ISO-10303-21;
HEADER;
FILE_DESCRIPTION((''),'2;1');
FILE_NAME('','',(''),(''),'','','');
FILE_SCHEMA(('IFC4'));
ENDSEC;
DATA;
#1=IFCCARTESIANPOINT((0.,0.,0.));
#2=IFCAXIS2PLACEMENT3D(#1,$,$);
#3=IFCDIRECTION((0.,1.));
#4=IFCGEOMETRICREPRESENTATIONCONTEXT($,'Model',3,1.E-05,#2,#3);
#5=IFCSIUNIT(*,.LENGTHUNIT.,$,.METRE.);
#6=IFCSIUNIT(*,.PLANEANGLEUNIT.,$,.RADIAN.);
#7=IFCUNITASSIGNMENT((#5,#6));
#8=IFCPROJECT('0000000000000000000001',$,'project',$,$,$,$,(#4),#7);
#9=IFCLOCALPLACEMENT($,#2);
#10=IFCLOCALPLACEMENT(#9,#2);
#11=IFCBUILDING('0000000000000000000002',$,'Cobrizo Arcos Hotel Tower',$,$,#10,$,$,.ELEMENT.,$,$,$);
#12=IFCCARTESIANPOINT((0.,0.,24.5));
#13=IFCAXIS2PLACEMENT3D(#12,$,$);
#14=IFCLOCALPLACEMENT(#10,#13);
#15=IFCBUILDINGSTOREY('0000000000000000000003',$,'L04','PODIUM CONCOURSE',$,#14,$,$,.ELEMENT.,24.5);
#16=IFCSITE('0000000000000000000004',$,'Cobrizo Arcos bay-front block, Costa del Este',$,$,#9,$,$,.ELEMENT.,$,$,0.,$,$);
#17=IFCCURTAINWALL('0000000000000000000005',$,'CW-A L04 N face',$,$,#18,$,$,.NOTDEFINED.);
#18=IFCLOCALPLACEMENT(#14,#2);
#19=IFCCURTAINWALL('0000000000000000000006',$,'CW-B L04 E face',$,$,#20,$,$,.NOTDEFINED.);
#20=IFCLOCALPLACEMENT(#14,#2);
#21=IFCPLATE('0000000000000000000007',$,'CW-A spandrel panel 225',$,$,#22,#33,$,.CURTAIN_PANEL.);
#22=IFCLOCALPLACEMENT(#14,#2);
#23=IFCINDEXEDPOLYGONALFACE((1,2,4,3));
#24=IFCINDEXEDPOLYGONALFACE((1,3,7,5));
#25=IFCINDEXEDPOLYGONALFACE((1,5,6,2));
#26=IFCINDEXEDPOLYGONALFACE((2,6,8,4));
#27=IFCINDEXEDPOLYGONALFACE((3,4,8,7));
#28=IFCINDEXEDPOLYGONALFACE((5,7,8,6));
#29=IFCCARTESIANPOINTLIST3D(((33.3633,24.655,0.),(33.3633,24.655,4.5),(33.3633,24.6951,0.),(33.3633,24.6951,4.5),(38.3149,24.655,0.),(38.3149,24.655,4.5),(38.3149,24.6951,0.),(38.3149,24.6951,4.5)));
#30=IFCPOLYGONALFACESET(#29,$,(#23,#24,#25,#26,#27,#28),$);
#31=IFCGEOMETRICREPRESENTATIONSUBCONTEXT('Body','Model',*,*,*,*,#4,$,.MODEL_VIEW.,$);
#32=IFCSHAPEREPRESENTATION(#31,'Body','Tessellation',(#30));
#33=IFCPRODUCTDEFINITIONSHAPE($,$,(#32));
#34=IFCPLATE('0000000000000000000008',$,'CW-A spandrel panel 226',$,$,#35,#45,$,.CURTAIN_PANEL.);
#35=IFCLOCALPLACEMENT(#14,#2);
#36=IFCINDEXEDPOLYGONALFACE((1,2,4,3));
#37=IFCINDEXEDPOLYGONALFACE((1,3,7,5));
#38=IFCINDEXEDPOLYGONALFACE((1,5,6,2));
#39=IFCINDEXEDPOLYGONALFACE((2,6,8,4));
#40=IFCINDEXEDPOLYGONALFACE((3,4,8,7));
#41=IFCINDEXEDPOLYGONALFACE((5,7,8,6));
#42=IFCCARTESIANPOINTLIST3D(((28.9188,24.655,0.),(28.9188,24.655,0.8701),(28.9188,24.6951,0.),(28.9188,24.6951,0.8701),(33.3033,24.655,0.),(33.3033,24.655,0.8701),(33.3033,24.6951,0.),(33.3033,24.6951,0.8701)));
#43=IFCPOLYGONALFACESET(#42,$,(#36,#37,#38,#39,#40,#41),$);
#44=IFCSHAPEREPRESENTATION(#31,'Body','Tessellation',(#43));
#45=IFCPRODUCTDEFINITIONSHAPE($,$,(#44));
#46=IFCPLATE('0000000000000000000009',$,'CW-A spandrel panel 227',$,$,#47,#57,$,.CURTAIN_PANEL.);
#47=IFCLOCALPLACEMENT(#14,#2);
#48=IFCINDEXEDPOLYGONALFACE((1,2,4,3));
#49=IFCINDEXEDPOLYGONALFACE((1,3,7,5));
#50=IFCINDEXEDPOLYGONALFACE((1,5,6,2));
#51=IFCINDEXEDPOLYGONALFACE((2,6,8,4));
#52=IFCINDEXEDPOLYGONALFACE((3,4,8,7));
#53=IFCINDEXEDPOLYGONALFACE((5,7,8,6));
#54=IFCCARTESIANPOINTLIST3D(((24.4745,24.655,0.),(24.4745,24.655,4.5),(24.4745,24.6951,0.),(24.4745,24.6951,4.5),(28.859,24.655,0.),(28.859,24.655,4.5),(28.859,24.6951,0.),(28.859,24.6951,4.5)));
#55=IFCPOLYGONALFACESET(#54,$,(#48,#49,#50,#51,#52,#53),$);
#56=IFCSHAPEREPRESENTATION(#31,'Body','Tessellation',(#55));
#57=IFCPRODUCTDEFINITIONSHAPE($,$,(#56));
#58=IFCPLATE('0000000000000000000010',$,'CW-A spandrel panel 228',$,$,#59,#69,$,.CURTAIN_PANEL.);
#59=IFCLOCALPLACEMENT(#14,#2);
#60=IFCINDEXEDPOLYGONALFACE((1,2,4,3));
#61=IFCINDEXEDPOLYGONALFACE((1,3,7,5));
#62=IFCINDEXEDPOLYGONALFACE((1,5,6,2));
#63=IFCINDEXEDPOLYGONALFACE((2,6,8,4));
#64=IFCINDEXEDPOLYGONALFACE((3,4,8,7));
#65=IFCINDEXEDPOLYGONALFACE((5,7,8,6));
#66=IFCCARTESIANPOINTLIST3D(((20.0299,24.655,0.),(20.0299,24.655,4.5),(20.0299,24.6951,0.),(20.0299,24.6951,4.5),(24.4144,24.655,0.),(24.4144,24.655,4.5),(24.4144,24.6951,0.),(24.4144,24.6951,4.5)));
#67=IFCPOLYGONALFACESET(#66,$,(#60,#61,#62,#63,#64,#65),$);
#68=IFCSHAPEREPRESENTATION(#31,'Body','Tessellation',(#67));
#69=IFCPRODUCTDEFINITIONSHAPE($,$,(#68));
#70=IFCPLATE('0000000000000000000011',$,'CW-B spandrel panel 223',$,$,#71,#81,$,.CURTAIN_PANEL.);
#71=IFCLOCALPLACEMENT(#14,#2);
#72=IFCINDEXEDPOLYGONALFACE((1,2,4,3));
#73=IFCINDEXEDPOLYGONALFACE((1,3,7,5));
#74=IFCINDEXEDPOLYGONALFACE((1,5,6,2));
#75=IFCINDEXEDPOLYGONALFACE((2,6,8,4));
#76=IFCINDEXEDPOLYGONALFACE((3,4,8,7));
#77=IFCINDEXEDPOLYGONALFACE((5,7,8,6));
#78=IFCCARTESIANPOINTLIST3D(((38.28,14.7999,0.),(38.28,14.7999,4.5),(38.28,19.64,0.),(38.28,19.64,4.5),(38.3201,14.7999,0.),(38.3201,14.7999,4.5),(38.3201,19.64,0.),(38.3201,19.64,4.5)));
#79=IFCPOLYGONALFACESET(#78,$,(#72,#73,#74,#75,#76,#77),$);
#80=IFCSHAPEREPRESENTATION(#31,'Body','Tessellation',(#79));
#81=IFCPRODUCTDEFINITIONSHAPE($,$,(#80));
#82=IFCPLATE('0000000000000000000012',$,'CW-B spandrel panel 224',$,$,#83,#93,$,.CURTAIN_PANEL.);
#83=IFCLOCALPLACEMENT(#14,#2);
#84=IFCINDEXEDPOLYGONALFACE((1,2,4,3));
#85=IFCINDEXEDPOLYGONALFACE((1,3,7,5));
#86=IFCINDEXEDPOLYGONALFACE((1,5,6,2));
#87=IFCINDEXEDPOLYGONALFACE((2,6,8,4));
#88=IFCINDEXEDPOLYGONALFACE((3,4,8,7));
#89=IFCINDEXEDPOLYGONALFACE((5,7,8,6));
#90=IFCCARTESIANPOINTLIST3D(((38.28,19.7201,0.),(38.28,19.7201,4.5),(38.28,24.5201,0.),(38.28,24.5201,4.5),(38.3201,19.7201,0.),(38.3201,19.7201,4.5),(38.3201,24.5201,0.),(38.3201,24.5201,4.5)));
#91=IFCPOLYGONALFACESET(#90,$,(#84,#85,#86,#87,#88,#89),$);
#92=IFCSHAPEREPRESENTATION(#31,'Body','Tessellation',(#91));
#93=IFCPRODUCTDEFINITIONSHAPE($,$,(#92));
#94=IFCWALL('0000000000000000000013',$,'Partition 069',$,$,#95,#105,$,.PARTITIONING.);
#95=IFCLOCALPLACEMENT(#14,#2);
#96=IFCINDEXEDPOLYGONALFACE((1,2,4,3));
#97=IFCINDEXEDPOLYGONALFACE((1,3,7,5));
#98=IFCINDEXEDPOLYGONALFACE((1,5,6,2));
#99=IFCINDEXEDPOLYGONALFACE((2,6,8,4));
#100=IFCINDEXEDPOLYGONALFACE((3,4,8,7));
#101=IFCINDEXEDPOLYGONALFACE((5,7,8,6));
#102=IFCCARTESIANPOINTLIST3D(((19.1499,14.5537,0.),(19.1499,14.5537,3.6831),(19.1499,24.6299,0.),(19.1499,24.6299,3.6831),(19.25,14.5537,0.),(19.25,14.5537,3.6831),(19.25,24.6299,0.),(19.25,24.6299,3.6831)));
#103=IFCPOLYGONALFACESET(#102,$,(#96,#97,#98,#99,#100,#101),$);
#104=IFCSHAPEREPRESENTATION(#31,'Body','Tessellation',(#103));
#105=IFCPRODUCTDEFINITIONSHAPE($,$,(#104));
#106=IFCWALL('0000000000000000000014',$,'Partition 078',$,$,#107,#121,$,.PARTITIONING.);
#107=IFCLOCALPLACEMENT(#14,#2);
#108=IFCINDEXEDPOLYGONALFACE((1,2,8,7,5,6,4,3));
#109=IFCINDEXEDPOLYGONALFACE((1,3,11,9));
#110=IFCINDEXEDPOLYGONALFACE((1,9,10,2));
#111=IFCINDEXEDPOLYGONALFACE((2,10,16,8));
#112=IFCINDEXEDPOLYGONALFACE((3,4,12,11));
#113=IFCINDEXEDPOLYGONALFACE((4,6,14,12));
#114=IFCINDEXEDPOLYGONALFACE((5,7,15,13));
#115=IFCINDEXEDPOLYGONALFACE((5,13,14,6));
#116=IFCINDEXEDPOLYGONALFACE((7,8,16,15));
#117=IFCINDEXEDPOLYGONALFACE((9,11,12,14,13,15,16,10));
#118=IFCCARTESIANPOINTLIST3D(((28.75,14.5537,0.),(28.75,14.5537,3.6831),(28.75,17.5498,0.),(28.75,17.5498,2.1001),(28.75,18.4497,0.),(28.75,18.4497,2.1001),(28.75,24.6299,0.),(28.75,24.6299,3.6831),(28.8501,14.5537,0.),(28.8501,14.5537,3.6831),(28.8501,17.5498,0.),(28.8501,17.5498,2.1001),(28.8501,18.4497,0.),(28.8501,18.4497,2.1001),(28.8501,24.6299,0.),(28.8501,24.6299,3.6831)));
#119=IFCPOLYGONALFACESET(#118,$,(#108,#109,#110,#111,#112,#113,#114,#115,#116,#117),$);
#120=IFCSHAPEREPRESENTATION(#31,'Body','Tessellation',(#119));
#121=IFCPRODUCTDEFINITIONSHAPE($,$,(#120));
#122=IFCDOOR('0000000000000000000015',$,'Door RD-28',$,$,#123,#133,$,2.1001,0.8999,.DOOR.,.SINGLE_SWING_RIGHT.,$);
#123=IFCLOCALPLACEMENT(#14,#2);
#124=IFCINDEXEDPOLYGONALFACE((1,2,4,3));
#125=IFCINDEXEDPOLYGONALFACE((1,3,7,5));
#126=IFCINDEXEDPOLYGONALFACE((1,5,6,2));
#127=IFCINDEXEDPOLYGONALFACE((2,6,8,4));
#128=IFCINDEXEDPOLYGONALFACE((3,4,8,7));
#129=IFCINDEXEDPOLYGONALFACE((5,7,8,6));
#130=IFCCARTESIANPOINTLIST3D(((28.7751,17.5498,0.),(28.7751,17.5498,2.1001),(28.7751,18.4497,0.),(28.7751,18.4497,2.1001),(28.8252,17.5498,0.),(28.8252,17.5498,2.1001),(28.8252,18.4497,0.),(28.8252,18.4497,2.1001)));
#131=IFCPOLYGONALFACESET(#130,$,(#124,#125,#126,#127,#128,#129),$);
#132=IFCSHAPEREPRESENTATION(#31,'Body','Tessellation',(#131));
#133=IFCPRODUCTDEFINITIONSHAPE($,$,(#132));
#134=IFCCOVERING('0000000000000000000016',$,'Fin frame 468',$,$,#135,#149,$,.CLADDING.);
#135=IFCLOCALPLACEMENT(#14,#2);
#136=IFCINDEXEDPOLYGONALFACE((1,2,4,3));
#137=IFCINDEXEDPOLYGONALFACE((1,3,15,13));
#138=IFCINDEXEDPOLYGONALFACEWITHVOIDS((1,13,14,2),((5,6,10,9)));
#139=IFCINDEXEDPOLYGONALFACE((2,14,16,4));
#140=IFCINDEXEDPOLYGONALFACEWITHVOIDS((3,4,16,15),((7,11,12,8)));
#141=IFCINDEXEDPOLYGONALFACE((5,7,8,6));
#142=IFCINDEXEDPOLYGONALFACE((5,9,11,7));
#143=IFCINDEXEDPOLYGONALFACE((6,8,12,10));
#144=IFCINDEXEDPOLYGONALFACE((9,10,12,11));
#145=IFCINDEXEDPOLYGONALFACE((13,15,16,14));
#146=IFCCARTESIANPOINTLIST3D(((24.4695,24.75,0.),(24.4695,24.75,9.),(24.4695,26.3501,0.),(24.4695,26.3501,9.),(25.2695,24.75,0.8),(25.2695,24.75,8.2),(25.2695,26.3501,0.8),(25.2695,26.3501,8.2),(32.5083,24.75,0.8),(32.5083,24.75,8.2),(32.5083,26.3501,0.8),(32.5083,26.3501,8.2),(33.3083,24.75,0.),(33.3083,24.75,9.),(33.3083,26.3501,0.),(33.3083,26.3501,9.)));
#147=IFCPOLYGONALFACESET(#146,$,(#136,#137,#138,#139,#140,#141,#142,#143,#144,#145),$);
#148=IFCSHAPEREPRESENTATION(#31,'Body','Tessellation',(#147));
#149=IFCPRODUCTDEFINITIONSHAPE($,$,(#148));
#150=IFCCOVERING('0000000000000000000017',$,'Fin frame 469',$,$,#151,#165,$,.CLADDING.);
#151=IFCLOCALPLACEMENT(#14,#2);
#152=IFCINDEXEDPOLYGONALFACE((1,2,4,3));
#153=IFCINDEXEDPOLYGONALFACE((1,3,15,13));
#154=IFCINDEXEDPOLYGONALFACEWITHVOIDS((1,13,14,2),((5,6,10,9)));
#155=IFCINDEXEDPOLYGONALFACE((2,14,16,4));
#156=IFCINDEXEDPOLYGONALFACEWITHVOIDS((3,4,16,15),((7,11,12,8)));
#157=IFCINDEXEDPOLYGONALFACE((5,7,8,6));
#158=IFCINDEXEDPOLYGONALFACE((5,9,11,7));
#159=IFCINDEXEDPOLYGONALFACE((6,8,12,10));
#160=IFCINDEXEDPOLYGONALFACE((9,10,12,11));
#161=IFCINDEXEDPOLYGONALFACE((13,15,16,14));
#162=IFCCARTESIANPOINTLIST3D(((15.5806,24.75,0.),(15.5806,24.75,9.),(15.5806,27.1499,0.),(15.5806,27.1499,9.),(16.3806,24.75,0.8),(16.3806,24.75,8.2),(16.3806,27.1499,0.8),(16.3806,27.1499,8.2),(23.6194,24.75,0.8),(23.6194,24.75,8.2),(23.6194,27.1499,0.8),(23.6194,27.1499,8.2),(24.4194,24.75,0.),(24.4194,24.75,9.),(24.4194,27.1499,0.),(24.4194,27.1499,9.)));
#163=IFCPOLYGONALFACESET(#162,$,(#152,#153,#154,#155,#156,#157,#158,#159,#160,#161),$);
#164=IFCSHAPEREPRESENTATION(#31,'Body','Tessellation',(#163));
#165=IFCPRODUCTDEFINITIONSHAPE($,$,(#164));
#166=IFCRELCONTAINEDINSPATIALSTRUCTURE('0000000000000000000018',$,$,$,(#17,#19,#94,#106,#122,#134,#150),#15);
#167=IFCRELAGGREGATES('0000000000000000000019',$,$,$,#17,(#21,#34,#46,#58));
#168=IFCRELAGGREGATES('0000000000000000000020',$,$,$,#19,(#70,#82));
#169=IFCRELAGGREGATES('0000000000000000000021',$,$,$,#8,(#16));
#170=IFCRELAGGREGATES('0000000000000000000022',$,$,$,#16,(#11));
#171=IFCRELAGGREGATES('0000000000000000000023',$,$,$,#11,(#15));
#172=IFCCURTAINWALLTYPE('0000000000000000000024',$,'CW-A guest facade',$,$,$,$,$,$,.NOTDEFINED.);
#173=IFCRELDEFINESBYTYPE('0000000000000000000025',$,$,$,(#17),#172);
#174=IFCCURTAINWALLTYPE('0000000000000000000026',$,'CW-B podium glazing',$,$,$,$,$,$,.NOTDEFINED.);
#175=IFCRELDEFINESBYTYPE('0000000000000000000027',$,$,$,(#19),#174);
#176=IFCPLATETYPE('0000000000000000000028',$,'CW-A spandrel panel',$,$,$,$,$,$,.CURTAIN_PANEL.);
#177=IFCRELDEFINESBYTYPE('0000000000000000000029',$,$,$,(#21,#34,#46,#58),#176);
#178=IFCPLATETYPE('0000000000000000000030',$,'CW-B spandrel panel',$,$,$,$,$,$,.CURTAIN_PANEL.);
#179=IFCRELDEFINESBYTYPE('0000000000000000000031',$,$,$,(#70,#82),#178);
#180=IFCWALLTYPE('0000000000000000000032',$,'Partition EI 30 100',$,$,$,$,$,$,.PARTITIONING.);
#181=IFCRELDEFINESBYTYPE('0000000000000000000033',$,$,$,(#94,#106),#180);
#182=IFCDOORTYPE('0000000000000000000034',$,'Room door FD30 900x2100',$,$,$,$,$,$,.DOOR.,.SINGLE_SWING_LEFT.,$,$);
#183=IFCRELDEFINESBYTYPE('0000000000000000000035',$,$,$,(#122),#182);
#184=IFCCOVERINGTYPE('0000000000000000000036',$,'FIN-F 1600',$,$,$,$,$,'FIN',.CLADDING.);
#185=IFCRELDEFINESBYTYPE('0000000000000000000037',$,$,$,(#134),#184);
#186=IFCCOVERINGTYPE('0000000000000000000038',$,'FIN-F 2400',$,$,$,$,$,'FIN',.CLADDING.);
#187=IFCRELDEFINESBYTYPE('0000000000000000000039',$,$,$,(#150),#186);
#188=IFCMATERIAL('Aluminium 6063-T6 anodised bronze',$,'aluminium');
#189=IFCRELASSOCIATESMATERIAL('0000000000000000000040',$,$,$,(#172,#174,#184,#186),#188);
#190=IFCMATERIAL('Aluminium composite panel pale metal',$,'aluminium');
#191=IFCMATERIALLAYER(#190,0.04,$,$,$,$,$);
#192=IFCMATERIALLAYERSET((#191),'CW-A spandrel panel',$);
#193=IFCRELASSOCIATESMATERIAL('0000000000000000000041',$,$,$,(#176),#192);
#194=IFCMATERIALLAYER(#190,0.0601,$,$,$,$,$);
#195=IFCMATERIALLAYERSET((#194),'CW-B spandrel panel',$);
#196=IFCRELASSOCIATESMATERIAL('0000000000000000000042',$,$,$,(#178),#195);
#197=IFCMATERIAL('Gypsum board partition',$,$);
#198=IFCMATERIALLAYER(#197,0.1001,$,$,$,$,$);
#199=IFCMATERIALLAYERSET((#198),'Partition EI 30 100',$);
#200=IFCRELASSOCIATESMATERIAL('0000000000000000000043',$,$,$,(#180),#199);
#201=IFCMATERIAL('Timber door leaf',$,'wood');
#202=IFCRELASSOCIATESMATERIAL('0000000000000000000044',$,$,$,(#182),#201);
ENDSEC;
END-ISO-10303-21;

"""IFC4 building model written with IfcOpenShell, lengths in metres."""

from ifc_helpers import new_model, si_unit, direction, frame, frame_2d, origin, origin_2d, place, context, subcontext, project, spatial, polyline, rectangle, outline, extrude, material, layer, layer_set, type_object, element, fill, aggregate, save


model = new_model("IFC4")

# Units and contexts
model_context = context("Model", 3, precision=1e-05, world=origin(), true_north=direction((0.0, 1.0)))
body_context = subcontext(model_context, "Body", "Model", "MODEL_VIEW")
ifc_project = project(units=[si_unit("LENGTHUNIT", "METRE"), si_unit("PLANEANGLEUNIT", "RADIAN")], contexts=[model_context])

# Site, building, storey
site_placement = place(None, origin())
site = spatial("IfcSite", under=ifc_project, at=site_placement, Name="Cobrizo Arcos bay-front block, Costa del Este", CompositionType="ELEMENT", RefElevation=0.0)
building_placement = place(site_placement, origin())
building = spatial("IfcBuilding", under=site, at=building_placement, Name="Cobrizo Arcos Hotel Tower", CompositionType="ELEMENT")
storey_placement = place(building_placement, frame((0.0, 0.0, 24.5)))
storey = spatial("IfcBuildingStorey", under=building, at=storey_placement, Name="L04", Description="PODIUM CONCOURSE", CompositionType="ELEMENT", Elevation=24.5)

# Curtain walls
ifc_material_1 = material(Name="Aluminium 6063-T6 anodised bronze", Category="aluminium")
curtain_wall_type_1 = type_object("IfcCurtainWallType", Name="CW-A guest facade", PredefinedType="NOTDEFINED", material=ifc_material_1)
curtain_wall_1_placement = place(storey_placement, origin())
curtain_wall_1 = element("IfcCurtainWall", 1, at=curtain_wall_1_placement, inside=storey, type_object=curtain_wall_type_1, Name="CW-A L04 N face", PredefinedType="NOTDEFINED")
curtain_wall_type_2 = type_object("IfcCurtainWallType", Name="CW-B podium glazing", PredefinedType="NOTDEFINED", material=ifc_material_1)
curtain_wall_2_placement = place(storey_placement, origin())
curtain_wall_2 = element("IfcCurtainWall", 2, at=curtain_wall_2_placement, inside=storey, type_object=curtain_wall_type_2, Name="CW-B L04 E face", PredefinedType="NOTDEFINED")

# Plates
ifc_material_2 = material(Name="Aluminium composite panel pale metal", Category="aluminium")
ifc_layer_1 = layer(ifc_material_2, 0.04)
ifc_layer_set_1 = layer_set([ifc_layer_1], Name="CW-A spandrel panel")
plate_type_1 = type_object("IfcPlateType", Name="CW-A spandrel panel", PredefinedType="CURTAIN_PANEL", material=ifc_layer_set_1)
plate_1_placement = place(storey_placement, frame((35.8391, 24.675, 0.0), z_axis=(0.0, 0.0, 1.0), x_axis=(-1.0, 0.0, 0.0)))
plate_1 = element("IfcPlate", 3, at=plate_1_placement, type_object=plate_type_1, Name="CW-A spandrel panel 225", PredefinedType="CURTAIN_PANEL", context=body_context, shape_type="SweptSolid", body=[
    extrude(rectangle(XDim=4.9517, YDim=0.04, at=origin_2d()), origin(), (0.0, 0.0, 1.0), 4.5),
])
plate_2_placement = place(storey_placement, frame((31.1111, 24.675, 0.0), z_axis=(0.0, 0.0, 1.0), x_axis=(-1.0, 0.0, 0.0)))
plate_2 = element("IfcPlate", 4, at=plate_2_placement, type_object=plate_type_1, Name="CW-A spandrel panel 226", PredefinedType="CURTAIN_PANEL", context=body_context, shape_type="SweptSolid", body=[
    extrude(rectangle(XDim=4.3845, YDim=0.04, at=origin_2d()), origin(), (0.0, 0.0, 1.0), 0.8701),
])
plate_3_placement = place(storey_placement, frame((26.6667, 24.675, 0.0), z_axis=(0.0, 0.0, 1.0), x_axis=(-1.0, 0.0, 0.0)))
plate_3 = element("IfcPlate", 5, at=plate_3_placement, type_object=plate_type_1, Name="CW-A spandrel panel 227", PredefinedType="CURTAIN_PANEL", context=body_context, shape_type="SweptSolid", body=[
    extrude(rectangle(XDim=4.3845, YDim=0.04, at=origin_2d()), origin(), (0.0, 0.0, 1.0), 4.5),
])
plate_4_placement = place(storey_placement, frame((22.2222, 24.675, 0.0), z_axis=(0.0, 0.0, 1.0), x_axis=(-1.0, 0.0, 0.0)))
plate_4 = element("IfcPlate", 6, at=plate_4_placement, type_object=plate_type_1, Name="CW-A spandrel panel 228", PredefinedType="CURTAIN_PANEL", context=body_context, shape_type="SweptSolid", body=[
    extrude(rectangle(XDim=4.3845, YDim=0.04, at=origin_2d()), origin(), (0.0, 0.0, 1.0), 4.5),
])
aggregate(curtain_wall_1, [plate_1, plate_2, plate_3, plate_4])
ifc_layer_2 = layer(ifc_material_2, 0.0601)
ifc_layer_set_2 = layer_set([ifc_layer_2], Name="CW-B spandrel panel")
plate_type_2 = type_object("IfcPlateType", Name="CW-B spandrel panel", PredefinedType="CURTAIN_PANEL", material=ifc_layer_set_2)
plate_5_placement = place(storey_placement, frame((38.3, 17.22, 0.0), z_axis=(0.0, 0.0, 1.0), x_axis=(0.0, 1.0, 0.0)))
plate_5 = element("IfcPlate", 7, at=plate_5_placement, type_object=plate_type_2, Name="CW-B spandrel panel 223", PredefinedType="CURTAIN_PANEL", context=body_context, shape_type="SweptSolid", body=[
    extrude(rectangle(XDim=4.8401, YDim=0.04, at=origin_2d()), origin(), (0.0, 0.0, 1.0), 4.5),
])
plate_6_placement = place(storey_placement, frame((38.3, 22.1201, 0.0), z_axis=(0.0, 0.0, 1.0), x_axis=(0.0, 1.0, 0.0)))
plate_6 = element("IfcPlate", 8, at=plate_6_placement, type_object=plate_type_2, Name="CW-B spandrel panel 224", PredefinedType="CURTAIN_PANEL", context=body_context, shape_type="SweptSolid", body=[
    extrude(rectangle(XDim=4.8, YDim=0.04, at=origin_2d()), origin(), (0.0, 0.0, 1.0), 4.5),
])
aggregate(curtain_wall_2, [plate_5, plate_6])

# Wall
ifc_material_3 = material(Name="Gypsum board partition")
ifc_layer_3 = layer(ifc_material_3, 0.1001)
ifc_layer_set_3 = layer_set([ifc_layer_3], Name="Partition EI 30 100")
wall_type = type_object("IfcWallType", Name="Partition EI 30 100", PredefinedType="PARTITIONING", material=ifc_layer_set_3)
wall_1_placement = place(storey_placement, frame((19.2, 14.5537, 0.0), z_axis=(0.0, 0.0, 1.0), x_axis=(0.0, 1.0, 0.0)))
element("IfcWall", 9, at=wall_1_placement, inside=storey, type_object=wall_type, Name="Partition 069", PredefinedType="PARTITIONING", context=body_context, shape_type="SweptSolid", body=[
    extrude(rectangle(XDim=10.0762, YDim=0.1001, at=frame_2d((5.0381, 0.0))), origin(), (0.0, 0.0, 1.0), 3.6831),
])

# Wall, opening, door
wall_2_placement = place(storey_placement, frame((28.8, 14.5537, 0.0), z_axis=(0.0, 0.0, 1.0), x_axis=(0.0, 1.0, 0.0)))
wall_2 = element("IfcWall", 10, at=wall_2_placement, inside=storey, type_object=wall_type, Name="Partition 078", PredefinedType="PARTITIONING", context=body_context, shape_type="SweptSolid", body=[
    extrude(rectangle(XDim=10.0762, YDim=0.1001, at=frame_2d((5.0381, 0.0))), origin(), (0.0, 0.0, 1.0), 3.6831),
])
opening_placement = place(wall_2_placement, frame((2.9961, 0.0, 0.0)))
opening = element("IfcOpeningElement", 11, at=opening_placement, cuts=wall_2, PredefinedType="OPENING", context=body_context, shape_type="SweptSolid", body=[
    extrude(rectangle(XDim=0.8999, YDim=2.1001, at=frame_2d((0.45, 1.05))), frame((0.0, 0.062, 0.0), z_axis=(0.0, -1.0, 0.0), x_axis=(1.0, 0.0, 0.0)), (0.0, 0.0, 1.0), 0.124),
])
ifc_material_4 = material(Name="Timber door leaf", Category="wood")
door_type = type_object("IfcDoorType", Name="Room door FD30 900x2100", OperationType="SINGLE_SWING_LEFT", PredefinedType="DOOR", material=ifc_material_4)
door_placement = place(opening_placement, origin())
door = element("IfcDoor", 12, at=door_placement, inside=storey, type_object=door_type, Name="Door RD-28", OperationType="SINGLE_SWING_RIGHT", OverallHeight=2.1001, OverallWidth=0.8999, PredefinedType="DOOR", context=body_context, shape_type="SweptSolid", body=[
    extrude(rectangle(XDim=0.8999, YDim=2.1001, at=frame_2d((0.45, 1.05))), frame((0.0, 0.0249, 0.0), z_axis=(0.0, -1.0, 0.0), x_axis=(1.0, 0.0, 0.0)), (0.0, 0.0, 1.0), 0.05),
])
fill(opening, door)

# Coverings
covering_type_1 = type_object("IfcCoveringType", Name="FIN-F 1600", ElementType="FIN", PredefinedType="CLADDING", material=ifc_material_1)
covering_1_placement = place(storey_placement, frame((33.3083, 24.75, 0.0), z_axis=(0.0, 1.0, 0.0), x_axis=(-1.0, 0.0, 0.0)))
element("IfcCovering", 13, at=covering_1_placement, inside=storey, type_object=covering_type_1, Name="Fin frame 468", PredefinedType="CLADDING", context=body_context, shape_type="SweptSolid", body=[
    extrude(outline(polyline([(0.0, 9.0), (0.0, 0.0), (8.8389, 0.0), (8.8389, 9.0), (0.0, 9.0)]), holes=[polyline([(8.0388, 0.8), (0.8, 0.8), (0.8, 8.2), (8.0388, 8.2), (8.0388, 0.8)])]), origin(), (0.0, 0.0, 1.0), 1.6001),
])
covering_type_2 = type_object("IfcCoveringType", Name="FIN-F 2400", ElementType="FIN", PredefinedType="CLADDING", material=ifc_material_1)
covering_2_placement = place(storey_placement, frame((24.4194, 24.75, 0.0), z_axis=(0.0, 1.0, 0.0), x_axis=(-1.0, 0.0, 0.0)))
element("IfcCovering", 14, at=covering_2_placement, inside=storey, type_object=covering_type_2, Name="Fin frame 469", PredefinedType="CLADDING", context=body_context, shape_type="SweptSolid", body=[
    extrude(outline(polyline([(0.0, 9.0), (0.0, 0.0), (8.8389, 0.0), (8.8389, 9.0), (0.0, 9.0)]), holes=[polyline([(8.0388, 0.8), (0.8, 0.8), (0.8, 8.2), (8.0388, 8.2), (8.0388, 0.8)])]), origin(), (0.0, 0.0, 1.0), 2.3999),
])

save(model, "model.ifc")
